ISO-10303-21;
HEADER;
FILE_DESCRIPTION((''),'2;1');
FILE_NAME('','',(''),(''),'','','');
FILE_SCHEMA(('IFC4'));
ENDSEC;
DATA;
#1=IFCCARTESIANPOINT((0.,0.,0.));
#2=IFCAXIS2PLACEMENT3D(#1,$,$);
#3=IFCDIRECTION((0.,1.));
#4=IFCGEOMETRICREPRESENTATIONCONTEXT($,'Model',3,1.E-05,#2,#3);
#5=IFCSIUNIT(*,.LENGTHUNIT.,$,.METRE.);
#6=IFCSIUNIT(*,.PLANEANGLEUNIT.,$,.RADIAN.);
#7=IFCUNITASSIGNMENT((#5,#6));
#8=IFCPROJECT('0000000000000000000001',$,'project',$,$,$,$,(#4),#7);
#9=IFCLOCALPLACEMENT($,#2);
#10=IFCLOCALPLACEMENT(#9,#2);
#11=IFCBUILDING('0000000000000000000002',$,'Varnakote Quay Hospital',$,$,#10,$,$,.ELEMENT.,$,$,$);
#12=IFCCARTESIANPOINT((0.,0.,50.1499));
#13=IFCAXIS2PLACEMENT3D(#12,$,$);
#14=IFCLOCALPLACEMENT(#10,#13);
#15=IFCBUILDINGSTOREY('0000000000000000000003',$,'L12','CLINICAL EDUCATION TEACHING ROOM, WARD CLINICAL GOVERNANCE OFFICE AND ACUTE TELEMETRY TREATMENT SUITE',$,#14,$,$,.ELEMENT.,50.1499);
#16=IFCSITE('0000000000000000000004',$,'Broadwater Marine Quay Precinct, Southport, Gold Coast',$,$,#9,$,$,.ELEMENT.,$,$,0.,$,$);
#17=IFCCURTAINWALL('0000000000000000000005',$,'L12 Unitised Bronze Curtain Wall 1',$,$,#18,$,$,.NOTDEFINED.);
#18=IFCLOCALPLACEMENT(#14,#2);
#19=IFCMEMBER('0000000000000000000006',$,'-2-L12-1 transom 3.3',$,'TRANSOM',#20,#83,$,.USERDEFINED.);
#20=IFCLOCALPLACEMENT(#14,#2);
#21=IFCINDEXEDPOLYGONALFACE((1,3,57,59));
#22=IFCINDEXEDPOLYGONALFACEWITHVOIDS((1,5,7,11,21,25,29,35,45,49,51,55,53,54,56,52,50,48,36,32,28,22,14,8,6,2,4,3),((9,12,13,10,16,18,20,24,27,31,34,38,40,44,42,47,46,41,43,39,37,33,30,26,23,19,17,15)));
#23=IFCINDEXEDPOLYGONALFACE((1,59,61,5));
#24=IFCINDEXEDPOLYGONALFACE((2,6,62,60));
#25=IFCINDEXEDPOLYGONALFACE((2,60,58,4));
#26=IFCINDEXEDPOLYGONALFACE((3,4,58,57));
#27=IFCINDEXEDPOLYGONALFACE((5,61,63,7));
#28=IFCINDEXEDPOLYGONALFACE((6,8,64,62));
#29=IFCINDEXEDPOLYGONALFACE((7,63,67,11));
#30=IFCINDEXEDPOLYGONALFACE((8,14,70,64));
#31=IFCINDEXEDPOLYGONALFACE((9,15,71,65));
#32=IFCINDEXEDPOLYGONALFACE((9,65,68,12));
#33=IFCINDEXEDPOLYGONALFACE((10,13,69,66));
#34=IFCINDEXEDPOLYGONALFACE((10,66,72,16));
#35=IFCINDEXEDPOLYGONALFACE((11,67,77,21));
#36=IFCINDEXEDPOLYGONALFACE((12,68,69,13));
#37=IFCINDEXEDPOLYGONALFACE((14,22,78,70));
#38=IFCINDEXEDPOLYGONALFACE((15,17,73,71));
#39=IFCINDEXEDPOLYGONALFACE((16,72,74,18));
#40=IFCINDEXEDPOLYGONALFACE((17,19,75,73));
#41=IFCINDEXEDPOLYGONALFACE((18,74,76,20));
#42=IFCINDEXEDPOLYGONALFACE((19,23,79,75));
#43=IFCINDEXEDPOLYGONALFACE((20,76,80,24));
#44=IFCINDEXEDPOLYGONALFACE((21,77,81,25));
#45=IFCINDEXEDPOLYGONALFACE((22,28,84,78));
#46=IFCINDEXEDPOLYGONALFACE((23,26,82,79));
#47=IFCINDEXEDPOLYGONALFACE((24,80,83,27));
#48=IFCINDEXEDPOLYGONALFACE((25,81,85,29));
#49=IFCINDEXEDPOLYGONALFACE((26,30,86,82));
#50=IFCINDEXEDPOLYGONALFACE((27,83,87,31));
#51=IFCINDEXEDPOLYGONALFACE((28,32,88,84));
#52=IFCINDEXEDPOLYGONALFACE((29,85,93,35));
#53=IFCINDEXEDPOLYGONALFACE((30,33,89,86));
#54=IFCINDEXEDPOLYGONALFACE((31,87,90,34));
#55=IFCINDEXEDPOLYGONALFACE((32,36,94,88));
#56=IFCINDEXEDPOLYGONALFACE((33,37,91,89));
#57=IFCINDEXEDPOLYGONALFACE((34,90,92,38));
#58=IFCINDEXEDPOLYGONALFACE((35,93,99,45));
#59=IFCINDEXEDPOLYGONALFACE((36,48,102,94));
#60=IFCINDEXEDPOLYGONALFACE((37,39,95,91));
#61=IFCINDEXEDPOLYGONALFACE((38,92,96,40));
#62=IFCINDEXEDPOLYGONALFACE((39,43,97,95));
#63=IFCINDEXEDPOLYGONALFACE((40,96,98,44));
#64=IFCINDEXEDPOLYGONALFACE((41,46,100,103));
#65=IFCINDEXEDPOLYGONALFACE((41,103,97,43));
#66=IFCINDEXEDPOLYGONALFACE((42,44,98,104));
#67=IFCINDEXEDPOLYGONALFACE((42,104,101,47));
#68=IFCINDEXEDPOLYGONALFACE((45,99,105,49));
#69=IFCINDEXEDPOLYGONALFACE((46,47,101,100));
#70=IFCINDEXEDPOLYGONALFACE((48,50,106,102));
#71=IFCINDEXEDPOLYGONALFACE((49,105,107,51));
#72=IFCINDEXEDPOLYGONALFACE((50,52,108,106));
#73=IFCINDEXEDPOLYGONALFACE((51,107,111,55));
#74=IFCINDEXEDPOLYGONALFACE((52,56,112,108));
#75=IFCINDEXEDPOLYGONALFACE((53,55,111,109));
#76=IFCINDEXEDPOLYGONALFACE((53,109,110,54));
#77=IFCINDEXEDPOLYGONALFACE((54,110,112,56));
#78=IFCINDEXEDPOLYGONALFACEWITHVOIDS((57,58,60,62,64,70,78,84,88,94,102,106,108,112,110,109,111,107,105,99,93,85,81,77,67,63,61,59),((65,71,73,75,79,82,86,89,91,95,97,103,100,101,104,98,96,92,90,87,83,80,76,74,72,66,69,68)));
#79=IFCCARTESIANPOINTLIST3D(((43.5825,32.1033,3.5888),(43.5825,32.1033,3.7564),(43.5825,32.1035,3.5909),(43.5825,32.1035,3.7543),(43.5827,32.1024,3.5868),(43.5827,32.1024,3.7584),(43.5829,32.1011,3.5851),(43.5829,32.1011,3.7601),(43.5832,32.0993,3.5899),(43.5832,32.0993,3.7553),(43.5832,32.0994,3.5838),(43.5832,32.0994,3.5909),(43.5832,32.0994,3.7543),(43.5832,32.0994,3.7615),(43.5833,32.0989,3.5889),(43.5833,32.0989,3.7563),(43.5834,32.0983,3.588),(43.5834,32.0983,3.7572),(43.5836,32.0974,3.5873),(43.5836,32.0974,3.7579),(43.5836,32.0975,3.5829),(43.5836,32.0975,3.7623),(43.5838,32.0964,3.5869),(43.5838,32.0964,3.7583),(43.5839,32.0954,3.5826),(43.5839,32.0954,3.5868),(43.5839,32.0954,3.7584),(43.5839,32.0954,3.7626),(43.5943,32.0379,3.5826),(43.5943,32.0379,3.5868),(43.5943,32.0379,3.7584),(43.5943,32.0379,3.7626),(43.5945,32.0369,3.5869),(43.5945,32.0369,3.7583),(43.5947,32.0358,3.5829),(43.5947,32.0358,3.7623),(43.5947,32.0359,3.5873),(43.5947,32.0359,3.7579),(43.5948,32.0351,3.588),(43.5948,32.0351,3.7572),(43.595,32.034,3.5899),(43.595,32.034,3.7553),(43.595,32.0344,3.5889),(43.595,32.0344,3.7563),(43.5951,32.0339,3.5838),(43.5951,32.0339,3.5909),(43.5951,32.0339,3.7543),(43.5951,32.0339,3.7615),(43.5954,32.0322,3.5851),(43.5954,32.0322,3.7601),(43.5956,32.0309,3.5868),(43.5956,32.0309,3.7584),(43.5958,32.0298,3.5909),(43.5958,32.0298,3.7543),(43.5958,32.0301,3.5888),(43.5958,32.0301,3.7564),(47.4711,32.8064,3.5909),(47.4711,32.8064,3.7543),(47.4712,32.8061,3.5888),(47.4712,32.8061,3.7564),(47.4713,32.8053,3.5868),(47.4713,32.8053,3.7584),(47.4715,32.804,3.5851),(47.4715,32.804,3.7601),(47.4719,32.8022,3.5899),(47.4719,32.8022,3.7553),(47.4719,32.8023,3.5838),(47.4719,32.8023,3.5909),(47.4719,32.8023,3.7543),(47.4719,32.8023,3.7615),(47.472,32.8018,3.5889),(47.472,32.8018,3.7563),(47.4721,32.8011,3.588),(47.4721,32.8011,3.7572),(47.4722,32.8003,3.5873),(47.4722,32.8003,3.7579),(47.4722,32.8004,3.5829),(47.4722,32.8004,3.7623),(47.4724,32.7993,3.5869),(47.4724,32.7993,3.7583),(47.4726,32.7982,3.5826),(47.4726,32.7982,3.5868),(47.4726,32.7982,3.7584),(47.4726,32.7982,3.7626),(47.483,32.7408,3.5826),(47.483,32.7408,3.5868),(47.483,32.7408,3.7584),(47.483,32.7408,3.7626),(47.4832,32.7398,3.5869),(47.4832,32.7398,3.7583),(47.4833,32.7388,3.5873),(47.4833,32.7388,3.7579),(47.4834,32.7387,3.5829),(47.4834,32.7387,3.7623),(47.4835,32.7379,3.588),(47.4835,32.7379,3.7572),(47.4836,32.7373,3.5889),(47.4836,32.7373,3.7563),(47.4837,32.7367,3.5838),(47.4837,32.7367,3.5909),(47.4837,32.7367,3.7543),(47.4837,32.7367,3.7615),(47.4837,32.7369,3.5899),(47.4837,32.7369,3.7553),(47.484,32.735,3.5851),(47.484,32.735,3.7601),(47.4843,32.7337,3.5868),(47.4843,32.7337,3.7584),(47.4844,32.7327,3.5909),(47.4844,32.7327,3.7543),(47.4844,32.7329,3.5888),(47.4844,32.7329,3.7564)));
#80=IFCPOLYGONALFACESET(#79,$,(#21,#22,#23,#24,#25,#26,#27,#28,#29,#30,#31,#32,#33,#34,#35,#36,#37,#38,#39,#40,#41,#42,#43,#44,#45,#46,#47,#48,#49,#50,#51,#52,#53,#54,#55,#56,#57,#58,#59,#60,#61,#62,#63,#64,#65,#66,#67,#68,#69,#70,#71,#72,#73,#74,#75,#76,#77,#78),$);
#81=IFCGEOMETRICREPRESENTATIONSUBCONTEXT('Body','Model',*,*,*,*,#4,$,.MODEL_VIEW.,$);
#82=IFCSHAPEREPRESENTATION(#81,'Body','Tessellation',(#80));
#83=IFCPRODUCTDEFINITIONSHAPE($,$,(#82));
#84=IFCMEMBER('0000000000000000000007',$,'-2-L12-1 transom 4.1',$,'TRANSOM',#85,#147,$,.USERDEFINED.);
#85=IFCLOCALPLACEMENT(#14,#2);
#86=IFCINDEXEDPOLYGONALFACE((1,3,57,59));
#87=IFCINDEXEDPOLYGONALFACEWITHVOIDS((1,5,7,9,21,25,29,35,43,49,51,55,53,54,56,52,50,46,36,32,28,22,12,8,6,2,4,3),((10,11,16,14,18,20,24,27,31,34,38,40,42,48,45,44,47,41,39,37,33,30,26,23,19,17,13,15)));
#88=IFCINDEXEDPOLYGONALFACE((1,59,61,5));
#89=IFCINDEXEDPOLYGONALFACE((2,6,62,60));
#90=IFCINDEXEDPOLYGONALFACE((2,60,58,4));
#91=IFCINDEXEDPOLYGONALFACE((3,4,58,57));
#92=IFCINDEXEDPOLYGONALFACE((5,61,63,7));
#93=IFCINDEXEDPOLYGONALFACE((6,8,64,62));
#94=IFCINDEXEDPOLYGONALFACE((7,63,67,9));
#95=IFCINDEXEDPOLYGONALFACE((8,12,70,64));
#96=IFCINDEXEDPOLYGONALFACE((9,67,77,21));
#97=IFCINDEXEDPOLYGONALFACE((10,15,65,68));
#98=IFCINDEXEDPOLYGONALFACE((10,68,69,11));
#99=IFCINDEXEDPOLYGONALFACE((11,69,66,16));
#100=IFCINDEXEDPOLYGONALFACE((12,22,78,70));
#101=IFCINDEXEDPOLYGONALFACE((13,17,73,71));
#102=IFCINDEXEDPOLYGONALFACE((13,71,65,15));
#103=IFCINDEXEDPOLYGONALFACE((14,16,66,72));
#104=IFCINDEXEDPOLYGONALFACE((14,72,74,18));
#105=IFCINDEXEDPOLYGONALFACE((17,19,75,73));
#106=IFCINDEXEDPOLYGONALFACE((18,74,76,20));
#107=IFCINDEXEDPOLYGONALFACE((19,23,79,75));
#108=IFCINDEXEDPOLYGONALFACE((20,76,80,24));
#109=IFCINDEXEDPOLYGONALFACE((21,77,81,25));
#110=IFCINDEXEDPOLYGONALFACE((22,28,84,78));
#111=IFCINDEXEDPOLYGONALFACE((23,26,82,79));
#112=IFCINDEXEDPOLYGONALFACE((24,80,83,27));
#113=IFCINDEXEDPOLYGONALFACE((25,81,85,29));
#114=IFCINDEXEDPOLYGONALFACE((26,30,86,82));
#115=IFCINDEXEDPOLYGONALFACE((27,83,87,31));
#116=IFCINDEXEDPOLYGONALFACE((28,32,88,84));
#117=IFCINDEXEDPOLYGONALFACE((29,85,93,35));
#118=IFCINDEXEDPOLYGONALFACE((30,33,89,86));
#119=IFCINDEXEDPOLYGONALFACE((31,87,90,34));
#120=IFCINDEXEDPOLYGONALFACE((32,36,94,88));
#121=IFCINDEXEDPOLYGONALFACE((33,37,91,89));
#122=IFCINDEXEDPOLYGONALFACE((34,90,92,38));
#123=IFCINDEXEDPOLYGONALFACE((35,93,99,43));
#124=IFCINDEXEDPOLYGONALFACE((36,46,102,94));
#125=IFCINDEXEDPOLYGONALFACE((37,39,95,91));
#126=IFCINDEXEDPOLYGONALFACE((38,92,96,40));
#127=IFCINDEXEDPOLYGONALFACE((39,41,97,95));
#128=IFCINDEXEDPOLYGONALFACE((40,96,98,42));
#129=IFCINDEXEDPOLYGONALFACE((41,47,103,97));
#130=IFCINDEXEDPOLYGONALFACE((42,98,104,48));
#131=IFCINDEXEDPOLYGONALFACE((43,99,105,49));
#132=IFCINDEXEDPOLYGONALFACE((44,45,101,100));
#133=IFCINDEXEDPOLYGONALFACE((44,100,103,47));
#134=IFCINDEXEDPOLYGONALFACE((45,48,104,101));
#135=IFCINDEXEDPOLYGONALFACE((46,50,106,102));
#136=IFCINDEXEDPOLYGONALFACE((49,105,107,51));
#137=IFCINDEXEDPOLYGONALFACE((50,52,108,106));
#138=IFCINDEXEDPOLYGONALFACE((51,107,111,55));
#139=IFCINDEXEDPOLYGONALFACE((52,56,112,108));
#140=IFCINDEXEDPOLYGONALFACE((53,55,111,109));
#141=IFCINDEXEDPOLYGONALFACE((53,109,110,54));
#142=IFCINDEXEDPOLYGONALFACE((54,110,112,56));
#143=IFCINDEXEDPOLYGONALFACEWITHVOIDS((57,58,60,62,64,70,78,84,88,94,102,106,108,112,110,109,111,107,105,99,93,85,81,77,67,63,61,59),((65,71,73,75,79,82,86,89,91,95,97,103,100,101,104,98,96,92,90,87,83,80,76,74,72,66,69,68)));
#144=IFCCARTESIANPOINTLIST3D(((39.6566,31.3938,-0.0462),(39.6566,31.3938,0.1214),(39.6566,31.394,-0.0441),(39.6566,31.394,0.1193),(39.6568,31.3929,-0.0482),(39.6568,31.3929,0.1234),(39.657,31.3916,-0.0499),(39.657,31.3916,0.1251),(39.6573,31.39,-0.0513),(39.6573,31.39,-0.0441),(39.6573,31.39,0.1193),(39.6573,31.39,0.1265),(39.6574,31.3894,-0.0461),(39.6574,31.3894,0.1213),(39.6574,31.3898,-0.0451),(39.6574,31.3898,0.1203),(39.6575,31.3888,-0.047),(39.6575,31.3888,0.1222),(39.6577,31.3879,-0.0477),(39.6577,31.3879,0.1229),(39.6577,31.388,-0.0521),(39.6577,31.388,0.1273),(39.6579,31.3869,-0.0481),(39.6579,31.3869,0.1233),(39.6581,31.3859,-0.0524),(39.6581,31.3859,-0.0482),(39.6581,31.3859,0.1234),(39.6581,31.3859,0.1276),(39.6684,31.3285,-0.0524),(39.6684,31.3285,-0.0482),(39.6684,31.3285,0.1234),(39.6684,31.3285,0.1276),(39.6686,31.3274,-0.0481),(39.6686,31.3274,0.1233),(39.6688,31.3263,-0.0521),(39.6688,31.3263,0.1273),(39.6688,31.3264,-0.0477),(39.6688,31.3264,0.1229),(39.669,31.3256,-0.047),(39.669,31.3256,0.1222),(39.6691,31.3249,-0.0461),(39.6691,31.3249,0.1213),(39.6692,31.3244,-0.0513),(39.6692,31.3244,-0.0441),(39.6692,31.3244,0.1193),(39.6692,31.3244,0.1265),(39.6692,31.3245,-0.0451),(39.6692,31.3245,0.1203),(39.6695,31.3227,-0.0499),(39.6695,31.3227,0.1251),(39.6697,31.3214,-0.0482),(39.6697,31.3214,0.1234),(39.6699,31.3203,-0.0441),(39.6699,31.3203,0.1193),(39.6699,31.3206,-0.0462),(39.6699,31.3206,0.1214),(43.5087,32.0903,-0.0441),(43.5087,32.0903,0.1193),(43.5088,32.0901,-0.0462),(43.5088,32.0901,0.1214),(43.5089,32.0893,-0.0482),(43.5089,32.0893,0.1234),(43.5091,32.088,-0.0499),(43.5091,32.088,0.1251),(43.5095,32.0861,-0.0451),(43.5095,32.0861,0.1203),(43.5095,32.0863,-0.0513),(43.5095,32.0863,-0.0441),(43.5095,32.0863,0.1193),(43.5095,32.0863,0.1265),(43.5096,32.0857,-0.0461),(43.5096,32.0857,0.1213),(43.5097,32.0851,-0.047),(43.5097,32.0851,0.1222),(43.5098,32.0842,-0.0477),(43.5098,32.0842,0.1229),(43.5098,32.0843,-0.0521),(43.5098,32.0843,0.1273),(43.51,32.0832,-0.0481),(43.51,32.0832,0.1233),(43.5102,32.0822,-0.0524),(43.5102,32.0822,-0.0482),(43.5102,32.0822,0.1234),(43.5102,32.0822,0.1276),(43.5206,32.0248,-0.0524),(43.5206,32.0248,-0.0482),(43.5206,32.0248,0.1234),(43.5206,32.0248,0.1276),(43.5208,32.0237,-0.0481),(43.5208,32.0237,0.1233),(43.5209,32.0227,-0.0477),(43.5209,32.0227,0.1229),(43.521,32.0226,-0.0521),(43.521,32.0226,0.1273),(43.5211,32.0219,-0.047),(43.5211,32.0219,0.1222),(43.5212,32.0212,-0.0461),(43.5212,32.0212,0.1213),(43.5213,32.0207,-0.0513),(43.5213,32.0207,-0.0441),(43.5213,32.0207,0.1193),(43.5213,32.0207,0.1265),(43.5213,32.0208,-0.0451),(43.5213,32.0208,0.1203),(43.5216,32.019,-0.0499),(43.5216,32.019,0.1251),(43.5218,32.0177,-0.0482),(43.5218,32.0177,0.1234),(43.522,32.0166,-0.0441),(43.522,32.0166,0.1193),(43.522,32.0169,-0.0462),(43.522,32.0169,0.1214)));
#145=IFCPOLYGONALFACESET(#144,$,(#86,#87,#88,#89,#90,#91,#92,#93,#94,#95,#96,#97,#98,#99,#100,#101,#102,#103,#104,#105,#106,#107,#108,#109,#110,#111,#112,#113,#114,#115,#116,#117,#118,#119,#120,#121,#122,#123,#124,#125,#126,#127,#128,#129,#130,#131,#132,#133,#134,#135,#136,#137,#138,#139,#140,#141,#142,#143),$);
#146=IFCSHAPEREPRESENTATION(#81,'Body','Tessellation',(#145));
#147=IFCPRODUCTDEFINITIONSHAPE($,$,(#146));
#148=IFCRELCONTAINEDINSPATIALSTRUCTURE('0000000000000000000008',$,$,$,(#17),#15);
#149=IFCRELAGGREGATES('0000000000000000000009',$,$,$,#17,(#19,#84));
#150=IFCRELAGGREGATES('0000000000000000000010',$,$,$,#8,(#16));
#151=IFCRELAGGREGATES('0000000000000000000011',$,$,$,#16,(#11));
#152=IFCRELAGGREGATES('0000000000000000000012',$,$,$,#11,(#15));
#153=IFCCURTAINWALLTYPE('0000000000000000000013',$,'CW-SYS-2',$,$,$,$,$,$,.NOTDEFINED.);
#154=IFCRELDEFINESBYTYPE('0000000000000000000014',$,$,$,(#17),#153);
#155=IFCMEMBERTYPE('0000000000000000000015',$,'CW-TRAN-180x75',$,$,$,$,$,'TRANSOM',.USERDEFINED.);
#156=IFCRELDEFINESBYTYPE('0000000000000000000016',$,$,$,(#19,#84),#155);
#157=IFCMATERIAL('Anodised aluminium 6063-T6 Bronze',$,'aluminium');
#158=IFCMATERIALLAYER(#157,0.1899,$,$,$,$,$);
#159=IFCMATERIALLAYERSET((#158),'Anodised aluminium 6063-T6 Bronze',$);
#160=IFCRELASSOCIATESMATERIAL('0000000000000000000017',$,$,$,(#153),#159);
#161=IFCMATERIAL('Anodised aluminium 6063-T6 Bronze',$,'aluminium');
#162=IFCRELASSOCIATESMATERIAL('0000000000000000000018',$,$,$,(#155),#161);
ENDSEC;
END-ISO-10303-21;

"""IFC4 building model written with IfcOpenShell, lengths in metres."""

from ifc_helpers import new_model, si_unit, direction, frame, origin, origin_2d, place, context, subcontext, project, spatial, hollow_rectangle, extrude, material, layer, layer_set, material_profile, profile_set, type_object, element, aggregate, save


model = new_model("IFC4")

# Units and contexts
model_context = context("Model", 3, precision=1e-05, world=origin(), true_north=direction((0.0, 1.0)))
body_context = subcontext(model_context, "Body", "Model", "MODEL_VIEW")
ifc_project = project(units=[si_unit("LENGTHUNIT", "METRE"), si_unit("PLANEANGLEUNIT", "RADIAN")], contexts=[model_context])

# Site, building, storey
site_placement = place(None, origin())
site = spatial("IfcSite", under=ifc_project, at=site_placement, Name="Broadwater Marine Quay Precinct, Southport, Gold Coast", CompositionType="ELEMENT", RefElevation=0.0)
building_placement = place(site_placement, origin())
building = spatial("IfcBuilding", under=site, at=building_placement, Name="Varnakote Quay Hospital", CompositionType="ELEMENT")
storey_placement = place(building_placement, frame((0.0, 0.0, 50.1499)))
storey = spatial("IfcBuildingStorey", under=building, at=storey_placement, Name="L12", Description="CLINICAL EDUCATION TEACHING ROOM, WARD CLINICAL GOVERNANCE OFFICE AND ACUTE TELEMETRY TREATMENT SUITE", CompositionType="ELEMENT", Elevation=50.1499)

# Curtain wall, members
ifc_material_1 = material(Name="Anodised aluminium 6063-T6 Bronze", Category="aluminium")
ifc_layer_1 = layer(ifc_material_1, 0.1899)
ifc_layer_set_1 = layer_set([ifc_layer_1], Name="Anodised aluminium 6063-T6 Bronze")
curtain_wall_type = type_object("IfcCurtainWallType", Name="CW-SYS-2", PredefinedType="NOTDEFINED", material=ifc_layer_set_1)
curtain_wall_placement = place(storey_placement, origin())
curtain_wall = element("IfcCurtainWall", 1, at=curtain_wall_placement, inside=storey, type_object=curtain_wall_type, Name="L12 Unitised Bronze Curtain Wall 1", PredefinedType="NOTDEFINED")
ifc_material_2 = material(Name="Anodised aluminium 6063-T6 Bronze", Category="aluminium")
ifc_material_profile_1 = material_profile(ifc_material_2, hollow_rectangle(XDim=0.075, YDim=0.1799, WallThickness=0.0042, InnerFilletRadius=0.0042, OuterFilletRadius=0.0083, at=origin_2d()), Name="CW-TRAN-180x75")
ifc_profile_set_1 = profile_set([ifc_material_profile_1], Name="Anodised aluminium 6063-T6 Bronze")
member_type_1 = type_object("IfcMemberType", Name="CW-TRAN-180x75", ElementType="TRANSOM", PredefinedType="USERDEFINED", material=ifc_profile_set_1)
member_1_placement = place(storey_placement, frame((47.4778, 32.7695, 3.6726), z_axis=(-0.984054, -0.177869, 0.0), x_axis=(0.177869, -0.984054, 0.0)))
member_1 = element("IfcMember", 2, at=member_1_placement, type_object=member_type_1, Name="-2-L12-1 transom 3.3", ObjectType="TRANSOM", PredefinedType="USERDEFINED", context=body_context, shape_type="SweptSolid", body=[
    extrude(hollow_rectangle(XDim=0.075, YDim=0.1799, WallThickness=0.0042, InnerFilletRadius=0.0042, OuterFilletRadius=0.0083, at=origin_2d()), origin(), (0.0, 0.0, 1.0), 3.9517),
])
member_2_placement = place(storey_placement, frame((43.5154, 32.0535, 0.0376), z_axis=(-0.984053, -0.177875, 0.0), x_axis=(0.177875, -0.984053, 0.0)))
member_2 = element("IfcMember", 3, at=member_2_placement, type_object=member_type_1, Name="-2-L12-1 transom 4.1", ObjectType="TRANSOM", PredefinedType="USERDEFINED", context=body_context, shape_type="SweptSolid", body=[
    extrude(hollow_rectangle(XDim=0.075, YDim=0.1799, WallThickness=0.0042, InnerFilletRadius=0.0042, OuterFilletRadius=0.0083, at=origin_2d()), origin(), (0.0, 0.0, 1.0), 3.9146),
])
aggregate(curtain_wall, [member_1, member_2])

save(model, "model.ifc")
